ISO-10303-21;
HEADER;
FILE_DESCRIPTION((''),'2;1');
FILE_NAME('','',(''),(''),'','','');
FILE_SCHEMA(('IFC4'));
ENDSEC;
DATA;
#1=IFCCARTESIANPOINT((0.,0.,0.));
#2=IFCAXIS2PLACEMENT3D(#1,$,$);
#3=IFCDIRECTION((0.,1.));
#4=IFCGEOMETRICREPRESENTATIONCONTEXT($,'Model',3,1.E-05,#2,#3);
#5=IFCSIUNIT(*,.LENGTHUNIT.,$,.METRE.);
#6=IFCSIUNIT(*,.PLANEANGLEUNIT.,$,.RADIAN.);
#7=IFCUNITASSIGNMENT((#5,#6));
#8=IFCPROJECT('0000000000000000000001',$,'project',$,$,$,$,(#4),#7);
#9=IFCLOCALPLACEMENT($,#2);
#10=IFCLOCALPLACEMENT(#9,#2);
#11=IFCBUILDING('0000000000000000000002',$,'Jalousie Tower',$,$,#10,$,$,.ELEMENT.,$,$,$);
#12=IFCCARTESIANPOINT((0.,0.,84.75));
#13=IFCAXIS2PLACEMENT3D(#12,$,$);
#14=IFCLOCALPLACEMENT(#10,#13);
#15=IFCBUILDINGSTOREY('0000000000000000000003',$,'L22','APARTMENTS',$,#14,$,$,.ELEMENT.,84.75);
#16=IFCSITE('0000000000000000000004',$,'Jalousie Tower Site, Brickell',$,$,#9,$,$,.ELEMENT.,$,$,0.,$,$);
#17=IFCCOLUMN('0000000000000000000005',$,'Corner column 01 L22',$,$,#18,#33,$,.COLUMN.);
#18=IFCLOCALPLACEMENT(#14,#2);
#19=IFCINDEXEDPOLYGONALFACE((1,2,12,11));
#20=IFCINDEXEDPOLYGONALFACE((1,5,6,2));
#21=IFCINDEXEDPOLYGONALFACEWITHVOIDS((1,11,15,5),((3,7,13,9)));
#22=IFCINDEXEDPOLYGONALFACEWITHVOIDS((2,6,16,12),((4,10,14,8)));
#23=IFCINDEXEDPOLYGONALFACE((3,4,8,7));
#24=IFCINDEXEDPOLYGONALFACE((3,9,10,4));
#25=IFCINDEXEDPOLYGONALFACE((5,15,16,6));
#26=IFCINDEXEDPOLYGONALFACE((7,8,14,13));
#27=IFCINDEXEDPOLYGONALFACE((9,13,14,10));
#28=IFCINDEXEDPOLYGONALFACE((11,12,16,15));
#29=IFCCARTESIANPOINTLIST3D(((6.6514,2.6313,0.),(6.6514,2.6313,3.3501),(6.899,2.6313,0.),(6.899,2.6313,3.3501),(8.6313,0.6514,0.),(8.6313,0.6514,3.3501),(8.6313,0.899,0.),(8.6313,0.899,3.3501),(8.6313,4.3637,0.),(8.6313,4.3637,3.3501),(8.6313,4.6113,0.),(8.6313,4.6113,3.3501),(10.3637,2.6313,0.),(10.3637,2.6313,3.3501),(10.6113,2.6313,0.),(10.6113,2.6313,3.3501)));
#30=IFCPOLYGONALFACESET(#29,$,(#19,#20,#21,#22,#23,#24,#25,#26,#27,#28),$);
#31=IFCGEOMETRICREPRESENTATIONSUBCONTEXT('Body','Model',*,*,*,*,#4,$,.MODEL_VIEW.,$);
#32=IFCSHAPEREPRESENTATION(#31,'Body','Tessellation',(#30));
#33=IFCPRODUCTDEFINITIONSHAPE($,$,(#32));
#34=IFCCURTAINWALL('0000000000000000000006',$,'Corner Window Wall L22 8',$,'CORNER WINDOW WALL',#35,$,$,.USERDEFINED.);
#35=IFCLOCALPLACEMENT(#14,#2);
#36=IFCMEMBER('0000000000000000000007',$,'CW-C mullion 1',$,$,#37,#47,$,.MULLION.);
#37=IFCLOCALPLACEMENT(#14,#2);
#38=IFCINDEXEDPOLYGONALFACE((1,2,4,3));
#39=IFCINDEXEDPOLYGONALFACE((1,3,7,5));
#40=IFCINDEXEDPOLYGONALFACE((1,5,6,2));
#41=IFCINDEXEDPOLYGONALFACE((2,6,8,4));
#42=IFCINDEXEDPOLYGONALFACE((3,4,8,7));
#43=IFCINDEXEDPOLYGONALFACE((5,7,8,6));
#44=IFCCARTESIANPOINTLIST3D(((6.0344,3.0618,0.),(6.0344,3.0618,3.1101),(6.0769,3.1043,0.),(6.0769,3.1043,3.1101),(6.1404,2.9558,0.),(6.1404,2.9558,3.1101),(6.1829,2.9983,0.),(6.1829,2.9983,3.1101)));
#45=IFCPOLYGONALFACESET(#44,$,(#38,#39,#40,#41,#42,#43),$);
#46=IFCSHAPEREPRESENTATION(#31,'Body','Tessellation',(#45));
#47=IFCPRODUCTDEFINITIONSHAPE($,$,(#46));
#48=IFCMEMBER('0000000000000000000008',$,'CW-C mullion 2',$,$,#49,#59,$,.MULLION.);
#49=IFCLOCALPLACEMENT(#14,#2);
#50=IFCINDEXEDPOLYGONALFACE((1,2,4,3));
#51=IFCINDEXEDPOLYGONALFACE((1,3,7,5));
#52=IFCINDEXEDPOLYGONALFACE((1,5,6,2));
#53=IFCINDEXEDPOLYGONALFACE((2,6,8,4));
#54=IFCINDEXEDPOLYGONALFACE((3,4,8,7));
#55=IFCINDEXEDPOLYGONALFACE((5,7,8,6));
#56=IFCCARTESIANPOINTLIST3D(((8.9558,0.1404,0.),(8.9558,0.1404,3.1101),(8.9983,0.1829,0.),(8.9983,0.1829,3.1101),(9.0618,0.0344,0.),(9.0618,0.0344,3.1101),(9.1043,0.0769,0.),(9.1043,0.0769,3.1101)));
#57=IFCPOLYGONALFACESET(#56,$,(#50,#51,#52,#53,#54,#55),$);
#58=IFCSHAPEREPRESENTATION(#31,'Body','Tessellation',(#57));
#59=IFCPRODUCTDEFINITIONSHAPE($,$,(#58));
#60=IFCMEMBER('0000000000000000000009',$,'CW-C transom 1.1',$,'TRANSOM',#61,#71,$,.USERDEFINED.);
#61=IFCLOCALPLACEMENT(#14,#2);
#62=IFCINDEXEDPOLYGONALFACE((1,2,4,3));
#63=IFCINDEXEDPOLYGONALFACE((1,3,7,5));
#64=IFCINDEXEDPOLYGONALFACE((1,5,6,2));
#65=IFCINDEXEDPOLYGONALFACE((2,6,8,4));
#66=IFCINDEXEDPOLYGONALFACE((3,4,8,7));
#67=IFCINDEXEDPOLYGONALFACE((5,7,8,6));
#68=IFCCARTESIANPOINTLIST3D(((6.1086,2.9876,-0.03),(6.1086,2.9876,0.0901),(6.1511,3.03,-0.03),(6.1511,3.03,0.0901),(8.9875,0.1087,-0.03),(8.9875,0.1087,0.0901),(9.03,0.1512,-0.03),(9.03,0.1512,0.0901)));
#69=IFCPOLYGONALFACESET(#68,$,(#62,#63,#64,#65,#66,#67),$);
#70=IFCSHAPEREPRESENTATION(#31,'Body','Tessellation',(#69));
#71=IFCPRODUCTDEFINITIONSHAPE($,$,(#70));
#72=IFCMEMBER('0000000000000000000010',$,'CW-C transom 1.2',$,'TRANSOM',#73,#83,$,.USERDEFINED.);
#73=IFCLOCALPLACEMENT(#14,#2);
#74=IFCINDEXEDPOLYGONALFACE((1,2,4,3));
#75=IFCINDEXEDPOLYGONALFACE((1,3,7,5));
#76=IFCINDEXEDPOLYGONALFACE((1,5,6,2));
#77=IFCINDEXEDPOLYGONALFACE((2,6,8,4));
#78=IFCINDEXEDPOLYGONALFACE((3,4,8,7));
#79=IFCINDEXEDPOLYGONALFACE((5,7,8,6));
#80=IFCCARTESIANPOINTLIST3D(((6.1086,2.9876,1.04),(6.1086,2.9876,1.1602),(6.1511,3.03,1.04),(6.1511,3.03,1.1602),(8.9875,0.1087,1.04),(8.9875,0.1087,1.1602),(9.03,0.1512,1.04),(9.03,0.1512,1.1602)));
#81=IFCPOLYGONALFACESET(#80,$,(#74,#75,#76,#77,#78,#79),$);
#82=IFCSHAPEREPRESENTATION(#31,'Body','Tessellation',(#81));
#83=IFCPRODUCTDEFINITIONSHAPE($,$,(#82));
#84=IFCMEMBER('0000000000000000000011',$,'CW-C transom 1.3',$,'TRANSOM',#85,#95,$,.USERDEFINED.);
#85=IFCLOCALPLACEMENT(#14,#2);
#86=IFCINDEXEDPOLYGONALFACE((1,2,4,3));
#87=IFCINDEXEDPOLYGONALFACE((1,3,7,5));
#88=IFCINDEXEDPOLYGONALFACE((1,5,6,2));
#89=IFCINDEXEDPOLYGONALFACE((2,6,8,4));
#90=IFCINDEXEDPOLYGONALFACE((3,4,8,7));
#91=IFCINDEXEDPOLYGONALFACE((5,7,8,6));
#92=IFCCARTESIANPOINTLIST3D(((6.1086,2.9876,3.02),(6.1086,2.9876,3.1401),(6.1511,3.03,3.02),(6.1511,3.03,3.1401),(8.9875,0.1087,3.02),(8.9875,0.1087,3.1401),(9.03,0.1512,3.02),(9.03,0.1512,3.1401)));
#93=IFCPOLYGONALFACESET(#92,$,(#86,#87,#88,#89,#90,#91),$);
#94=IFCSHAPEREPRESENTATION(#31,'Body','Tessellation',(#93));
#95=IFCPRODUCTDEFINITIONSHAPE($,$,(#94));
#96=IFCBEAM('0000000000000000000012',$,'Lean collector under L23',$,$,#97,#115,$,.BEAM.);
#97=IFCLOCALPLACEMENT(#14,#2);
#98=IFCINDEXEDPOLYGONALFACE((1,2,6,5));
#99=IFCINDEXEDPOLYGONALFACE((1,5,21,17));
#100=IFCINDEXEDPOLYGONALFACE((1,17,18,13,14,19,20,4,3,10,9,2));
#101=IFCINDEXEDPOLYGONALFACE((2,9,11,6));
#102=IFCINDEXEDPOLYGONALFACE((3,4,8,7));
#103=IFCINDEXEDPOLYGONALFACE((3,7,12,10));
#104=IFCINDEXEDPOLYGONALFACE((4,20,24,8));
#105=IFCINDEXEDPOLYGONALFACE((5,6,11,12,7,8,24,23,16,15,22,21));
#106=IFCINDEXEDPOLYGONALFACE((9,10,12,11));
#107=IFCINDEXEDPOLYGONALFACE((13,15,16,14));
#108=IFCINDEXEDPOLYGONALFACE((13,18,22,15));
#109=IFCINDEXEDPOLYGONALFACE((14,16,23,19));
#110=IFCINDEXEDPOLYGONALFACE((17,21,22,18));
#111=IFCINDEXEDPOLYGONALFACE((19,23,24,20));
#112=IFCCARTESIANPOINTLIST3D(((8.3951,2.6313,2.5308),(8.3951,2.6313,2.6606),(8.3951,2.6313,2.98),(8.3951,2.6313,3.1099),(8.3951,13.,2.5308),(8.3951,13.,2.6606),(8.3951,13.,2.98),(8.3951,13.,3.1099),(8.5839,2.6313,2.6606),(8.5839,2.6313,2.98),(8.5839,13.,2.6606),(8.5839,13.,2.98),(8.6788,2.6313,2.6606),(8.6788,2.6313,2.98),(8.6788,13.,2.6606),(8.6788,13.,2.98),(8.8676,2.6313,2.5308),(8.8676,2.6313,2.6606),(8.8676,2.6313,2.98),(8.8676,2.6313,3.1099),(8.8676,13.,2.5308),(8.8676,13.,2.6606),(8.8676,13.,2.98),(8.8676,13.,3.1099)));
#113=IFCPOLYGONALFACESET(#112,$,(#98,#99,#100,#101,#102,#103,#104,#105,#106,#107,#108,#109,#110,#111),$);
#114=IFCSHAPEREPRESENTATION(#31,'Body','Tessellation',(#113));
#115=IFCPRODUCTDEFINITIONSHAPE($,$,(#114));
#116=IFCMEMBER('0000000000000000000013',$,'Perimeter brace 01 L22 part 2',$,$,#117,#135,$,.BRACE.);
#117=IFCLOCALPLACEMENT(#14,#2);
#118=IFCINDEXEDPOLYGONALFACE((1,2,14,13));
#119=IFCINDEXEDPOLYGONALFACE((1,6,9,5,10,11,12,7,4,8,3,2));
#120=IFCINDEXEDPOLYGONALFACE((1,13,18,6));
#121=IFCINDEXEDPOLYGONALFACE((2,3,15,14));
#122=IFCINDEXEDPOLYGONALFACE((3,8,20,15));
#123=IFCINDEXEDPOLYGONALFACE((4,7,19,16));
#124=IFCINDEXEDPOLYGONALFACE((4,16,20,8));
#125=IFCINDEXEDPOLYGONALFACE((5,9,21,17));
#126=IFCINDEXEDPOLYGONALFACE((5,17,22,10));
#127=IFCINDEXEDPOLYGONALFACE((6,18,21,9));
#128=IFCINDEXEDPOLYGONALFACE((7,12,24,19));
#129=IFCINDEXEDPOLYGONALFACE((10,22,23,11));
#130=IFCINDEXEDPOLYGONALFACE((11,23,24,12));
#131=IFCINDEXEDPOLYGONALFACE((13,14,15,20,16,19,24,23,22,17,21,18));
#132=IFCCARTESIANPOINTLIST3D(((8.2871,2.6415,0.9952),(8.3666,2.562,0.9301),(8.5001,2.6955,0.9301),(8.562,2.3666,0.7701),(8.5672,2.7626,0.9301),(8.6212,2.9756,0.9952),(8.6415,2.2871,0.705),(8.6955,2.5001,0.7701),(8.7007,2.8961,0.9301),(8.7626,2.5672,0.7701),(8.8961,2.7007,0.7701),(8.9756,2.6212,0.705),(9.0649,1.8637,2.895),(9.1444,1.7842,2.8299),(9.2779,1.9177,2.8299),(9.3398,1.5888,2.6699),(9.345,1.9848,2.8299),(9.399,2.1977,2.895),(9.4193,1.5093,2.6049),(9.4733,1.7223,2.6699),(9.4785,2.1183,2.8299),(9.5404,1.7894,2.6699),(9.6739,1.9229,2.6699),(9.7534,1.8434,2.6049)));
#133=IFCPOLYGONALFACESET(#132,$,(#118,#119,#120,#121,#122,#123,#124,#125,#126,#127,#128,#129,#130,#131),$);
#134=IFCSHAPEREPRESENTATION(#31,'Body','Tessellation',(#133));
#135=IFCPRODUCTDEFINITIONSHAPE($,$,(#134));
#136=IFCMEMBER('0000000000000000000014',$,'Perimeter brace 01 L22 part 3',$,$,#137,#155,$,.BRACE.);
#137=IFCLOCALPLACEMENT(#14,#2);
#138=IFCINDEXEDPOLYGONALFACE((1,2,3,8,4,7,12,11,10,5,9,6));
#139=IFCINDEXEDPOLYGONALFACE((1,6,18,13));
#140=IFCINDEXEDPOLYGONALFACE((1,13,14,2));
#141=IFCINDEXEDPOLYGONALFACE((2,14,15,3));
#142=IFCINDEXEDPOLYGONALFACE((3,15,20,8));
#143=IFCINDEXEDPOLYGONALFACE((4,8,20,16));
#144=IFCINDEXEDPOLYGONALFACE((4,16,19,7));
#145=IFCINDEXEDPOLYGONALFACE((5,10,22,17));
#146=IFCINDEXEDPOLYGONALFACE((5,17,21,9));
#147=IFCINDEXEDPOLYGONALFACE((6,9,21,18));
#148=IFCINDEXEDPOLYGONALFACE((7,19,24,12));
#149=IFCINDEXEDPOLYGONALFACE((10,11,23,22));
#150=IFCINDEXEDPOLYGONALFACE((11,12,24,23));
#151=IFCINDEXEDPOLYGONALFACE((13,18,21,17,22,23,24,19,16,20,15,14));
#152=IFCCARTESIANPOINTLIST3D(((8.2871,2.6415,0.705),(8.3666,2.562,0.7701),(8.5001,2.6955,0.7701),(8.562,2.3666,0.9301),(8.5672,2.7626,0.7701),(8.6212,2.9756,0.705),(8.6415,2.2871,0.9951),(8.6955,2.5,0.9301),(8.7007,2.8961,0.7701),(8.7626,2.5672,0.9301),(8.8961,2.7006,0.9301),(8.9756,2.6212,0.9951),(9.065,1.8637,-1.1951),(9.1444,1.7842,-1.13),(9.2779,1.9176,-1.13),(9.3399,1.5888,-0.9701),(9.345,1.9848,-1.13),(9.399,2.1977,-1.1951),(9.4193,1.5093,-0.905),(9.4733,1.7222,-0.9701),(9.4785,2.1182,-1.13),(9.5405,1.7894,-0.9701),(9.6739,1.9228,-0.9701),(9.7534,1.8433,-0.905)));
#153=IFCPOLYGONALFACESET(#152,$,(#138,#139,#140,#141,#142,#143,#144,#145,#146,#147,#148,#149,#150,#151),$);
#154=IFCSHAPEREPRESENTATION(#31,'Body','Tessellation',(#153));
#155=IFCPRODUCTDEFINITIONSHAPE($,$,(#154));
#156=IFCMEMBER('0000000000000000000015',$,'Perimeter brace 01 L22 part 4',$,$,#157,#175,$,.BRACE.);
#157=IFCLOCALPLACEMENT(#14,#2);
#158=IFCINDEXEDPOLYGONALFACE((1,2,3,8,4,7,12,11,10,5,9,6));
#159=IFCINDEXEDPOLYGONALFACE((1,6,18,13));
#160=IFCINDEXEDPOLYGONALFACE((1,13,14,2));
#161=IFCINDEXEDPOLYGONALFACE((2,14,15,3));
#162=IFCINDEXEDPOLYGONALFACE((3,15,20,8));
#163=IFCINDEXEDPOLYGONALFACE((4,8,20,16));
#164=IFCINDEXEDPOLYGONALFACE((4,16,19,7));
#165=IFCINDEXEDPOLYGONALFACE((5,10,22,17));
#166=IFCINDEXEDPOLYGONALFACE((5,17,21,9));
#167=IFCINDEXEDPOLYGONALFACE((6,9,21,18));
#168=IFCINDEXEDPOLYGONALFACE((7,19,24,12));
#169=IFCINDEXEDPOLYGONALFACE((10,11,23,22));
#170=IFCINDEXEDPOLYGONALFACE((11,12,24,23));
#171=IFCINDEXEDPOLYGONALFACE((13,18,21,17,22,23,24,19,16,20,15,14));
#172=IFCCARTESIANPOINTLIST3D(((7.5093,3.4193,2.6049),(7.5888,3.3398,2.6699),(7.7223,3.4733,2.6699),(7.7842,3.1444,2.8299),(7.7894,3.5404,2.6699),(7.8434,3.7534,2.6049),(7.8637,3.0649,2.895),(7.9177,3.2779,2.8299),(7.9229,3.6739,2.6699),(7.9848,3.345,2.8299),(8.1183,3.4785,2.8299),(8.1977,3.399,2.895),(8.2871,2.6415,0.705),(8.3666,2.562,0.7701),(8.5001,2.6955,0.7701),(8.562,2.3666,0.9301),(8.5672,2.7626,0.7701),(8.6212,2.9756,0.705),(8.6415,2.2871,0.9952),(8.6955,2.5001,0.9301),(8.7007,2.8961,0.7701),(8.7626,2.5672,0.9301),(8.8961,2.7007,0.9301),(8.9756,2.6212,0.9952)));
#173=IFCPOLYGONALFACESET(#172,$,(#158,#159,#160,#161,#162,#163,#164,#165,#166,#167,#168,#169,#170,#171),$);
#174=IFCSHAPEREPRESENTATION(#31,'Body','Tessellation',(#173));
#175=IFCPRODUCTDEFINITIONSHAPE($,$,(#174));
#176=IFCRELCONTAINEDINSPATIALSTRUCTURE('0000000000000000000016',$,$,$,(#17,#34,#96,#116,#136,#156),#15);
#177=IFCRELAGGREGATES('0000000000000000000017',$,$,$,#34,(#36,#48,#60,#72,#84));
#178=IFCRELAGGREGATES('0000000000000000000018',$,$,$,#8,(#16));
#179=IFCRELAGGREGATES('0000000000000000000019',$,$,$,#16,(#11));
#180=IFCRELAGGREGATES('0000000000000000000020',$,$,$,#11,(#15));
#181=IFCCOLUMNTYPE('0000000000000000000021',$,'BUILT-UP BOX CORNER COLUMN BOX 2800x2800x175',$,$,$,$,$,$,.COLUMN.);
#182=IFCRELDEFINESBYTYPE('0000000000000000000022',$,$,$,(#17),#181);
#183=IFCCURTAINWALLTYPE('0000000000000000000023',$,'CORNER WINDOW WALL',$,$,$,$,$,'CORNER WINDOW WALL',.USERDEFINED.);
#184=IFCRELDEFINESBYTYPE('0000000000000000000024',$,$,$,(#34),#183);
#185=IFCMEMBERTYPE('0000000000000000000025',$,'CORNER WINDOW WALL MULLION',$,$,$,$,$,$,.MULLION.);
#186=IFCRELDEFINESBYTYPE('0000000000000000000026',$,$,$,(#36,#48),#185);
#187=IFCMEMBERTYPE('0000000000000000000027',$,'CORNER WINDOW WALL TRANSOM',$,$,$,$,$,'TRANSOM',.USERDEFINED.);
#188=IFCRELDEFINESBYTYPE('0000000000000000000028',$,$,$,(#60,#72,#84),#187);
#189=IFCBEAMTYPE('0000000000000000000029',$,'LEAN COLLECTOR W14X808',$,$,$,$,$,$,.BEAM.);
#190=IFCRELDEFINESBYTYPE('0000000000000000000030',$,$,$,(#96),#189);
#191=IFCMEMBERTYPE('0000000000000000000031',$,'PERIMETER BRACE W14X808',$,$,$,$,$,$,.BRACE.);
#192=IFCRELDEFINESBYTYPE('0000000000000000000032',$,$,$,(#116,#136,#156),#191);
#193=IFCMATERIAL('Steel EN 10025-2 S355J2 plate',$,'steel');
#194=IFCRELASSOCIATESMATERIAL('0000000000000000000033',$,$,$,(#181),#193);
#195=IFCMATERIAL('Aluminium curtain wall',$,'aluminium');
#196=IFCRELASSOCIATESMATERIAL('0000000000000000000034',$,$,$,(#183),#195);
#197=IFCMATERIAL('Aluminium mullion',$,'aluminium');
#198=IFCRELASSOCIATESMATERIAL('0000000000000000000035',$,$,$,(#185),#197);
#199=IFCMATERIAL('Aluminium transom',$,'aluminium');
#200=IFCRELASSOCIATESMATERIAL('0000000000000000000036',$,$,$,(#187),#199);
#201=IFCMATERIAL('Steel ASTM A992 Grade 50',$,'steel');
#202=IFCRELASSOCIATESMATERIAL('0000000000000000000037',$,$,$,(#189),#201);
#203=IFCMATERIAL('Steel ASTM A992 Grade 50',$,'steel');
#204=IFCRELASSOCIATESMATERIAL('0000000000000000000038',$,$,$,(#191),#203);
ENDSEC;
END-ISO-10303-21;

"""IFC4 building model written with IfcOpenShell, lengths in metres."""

from ifc_helpers import new_model, si_unit, direction, frame, origin, origin_2d, place, context, subcontext, project, spatial, rectangle, hollow_rectangle, i_section, extrude, material, material_profile, profile_set, type_object, element, aggregate, save


model = new_model("IFC4")

# Units and contexts
model_context = context("Model", 3, precision=1e-05, world=origin(), true_north=direction((0.0, 1.0)))
body_context = subcontext(model_context, "Body", "Model", "MODEL_VIEW")
ifc_project = project(units=[si_unit("LENGTHUNIT", "METRE"), si_unit("PLANEANGLEUNIT", "RADIAN")], contexts=[model_context])

# Site, building, storey
site_placement = place(None, origin())
site = spatial("IfcSite", under=ifc_project, at=site_placement, Name="Jalousie Tower Site, Brickell", CompositionType="ELEMENT", RefElevation=0.0)
building_placement = place(site_placement, origin())
building = spatial("IfcBuilding", under=site, at=building_placement, Name="Jalousie Tower", CompositionType="ELEMENT")
storey_placement = place(building_placement, frame((0.0, 0.0, 84.75)))
storey = spatial("IfcBuildingStorey", under=building, at=storey_placement, Name="L22", Description="APARTMENTS", CompositionType="ELEMENT", Elevation=84.75)

# Column
ifc_material_1 = material(Name="Steel EN 10025-2 S355J2 plate", Category="steel")
ifc_material_profile_1 = material_profile(ifc_material_1, hollow_rectangle(XDim=2.8, YDim=2.8, WallThickness=0.175, at=origin_2d()), Name="BOX 2800x2800x175")
ifc_profile_set_1 = profile_set([ifc_material_profile_1], Name="Steel EN 10025-2 S355J2 plate")
column_type = type_object("IfcColumnType", Name="BUILT-UP BOX CORNER COLUMN BOX 2800x2800x175", PredefinedType="COLUMN", material=ifc_profile_set_1)
column_placement = place(storey_placement, frame((8.6313, 2.6313, 0.0), z_axis=(0.0, 0.0, 1.0), x_axis=(0.707107, 0.707107, 0.0)))
element("IfcColumn", 1, at=column_placement, inside=storey, type_object=column_type, Name="Corner column 01 L22", PredefinedType="COLUMN", context=body_context, shape_type="SweptSolid", body=[
    extrude(hollow_rectangle(XDim=2.8, YDim=2.8, WallThickness=0.175, at=origin_2d()), origin(), (0.0, 0.0, 1.0), 3.3501),
])

# Curtain wall, members
ifc_material_2 = material(Name="Aluminium curtain wall", Category="aluminium")
curtain_wall_type_1 = type_object("IfcCurtainWallType", Name="CORNER WINDOW WALL", ElementType="CORNER WINDOW WALL", PredefinedType="USERDEFINED", material=ifc_material_2)
curtain_wall_1_placement = place(storey_placement, origin())
curtain_wall_1 = element("IfcCurtainWall", 2, at=curtain_wall_1_placement, inside=storey, type_object=curtain_wall_type_1, Name="Corner Window Wall L22 8", ObjectType="CORNER WINDOW WALL", PredefinedType="USERDEFINED")
ifc_material_3 = material(Name="Aluminium mullion", Category="aluminium")
ifc_material_profile_2 = material_profile(ifc_material_3, rectangle(XDim=0.0601, YDim=0.1499, at=origin_2d()), Name="MULLION 60x150")
ifc_profile_set_2 = profile_set([ifc_material_profile_2], Name="Aluminium mullion")
member_type_1 = type_object("IfcMemberType", Name="CORNER WINDOW WALL MULLION", PredefinedType="MULLION", material=ifc_profile_set_2)
member_1_placement = place(storey_placement, frame((6.1086, 3.03, 0.0), z_axis=(0.0, 0.0, 1.0), x_axis=(0.707107, 0.707107, 0.0)))
member_1 = element("IfcMember", 3, at=member_1_placement, type_object=member_type_1, Name="CW-C mullion 1", PredefinedType="MULLION", context=body_context, shape_type="SweptSolid", body=[
    extrude(rectangle(XDim=0.0601, YDim=0.1499, at=origin_2d()), origin(), (0.0, 0.0, 1.0), 3.1101),
])
member_2_placement = place(storey_placement, frame((9.03, 0.1086, 0.0), z_axis=(0.0, 0.0, 1.0), x_axis=(0.707107, 0.707107, 0.0)))
member_2 = element("IfcMember", 4, at=member_2_placement, type_object=member_type_1, Name="CW-C mullion 2", PredefinedType="MULLION", context=body_context, shape_type="SweptSolid", body=[
    extrude(rectangle(XDim=0.0601, YDim=0.1499, at=origin_2d()), origin(), (0.0, 0.0, 1.0), 3.1101),
])
ifc_material_4 = material(Name="Aluminium transom", Category="aluminium")
ifc_material_profile_3 = material_profile(ifc_material_4, rectangle(XDim=0.0601, YDim=0.1201, at=origin_2d()), Name="TRANSOM 60x120")
ifc_profile_set_3 = profile_set([ifc_material_profile_3], Name="Aluminium transom")
member_type_2 = type_object("IfcMemberType", Name="CORNER WINDOW WALL TRANSOM", ElementType="TRANSOM", PredefinedType="USERDEFINED", material=ifc_profile_set_3)
member_3_placement = place(storey_placement, frame((6.1299, 3.0088, 0.03), z_axis=(0.707107, -0.707107, 0.0), x_axis=(0.707107, 0.707107, 0.0)))
member_3 = element("IfcMember", 5, at=member_3_placement, type_object=member_type_2, Name="CW-C transom 1.1", ObjectType="TRANSOM", PredefinedType="USERDEFINED", context=body_context, shape_type="SweptSolid", body=[
    extrude(rectangle(XDim=0.0601, YDim=0.1201, at=origin_2d()), origin(), (0.0, 0.0, 1.0), 4.0713),
])
member_4_placement = place(storey_placement, frame((6.1299, 3.0088, 1.1001), z_axis=(0.707107, -0.707107, 0.0), x_axis=(0.707107, 0.707107, 0.0)))
member_4 = element("IfcMember", 6, at=member_4_placement, type_object=member_type_2, Name="CW-C transom 1.2", ObjectType="TRANSOM", PredefinedType="USERDEFINED", context=body_context, shape_type="SweptSolid", body=[
    extrude(rectangle(XDim=0.0601, YDim=0.1201, at=origin_2d()), origin(), (0.0, 0.0, 1.0), 4.0713),
])
member_5_placement = place(storey_placement, frame((6.1299, 3.0088, 3.0801), z_axis=(0.707107, -0.707107, 0.0), x_axis=(0.707107, 0.707107, 0.0)))
member_5 = element("IfcMember", 7, at=member_5_placement, type_object=member_type_2, Name="CW-C transom 1.3", ObjectType="TRANSOM", PredefinedType="USERDEFINED", context=body_context, shape_type="SweptSolid", body=[
    extrude(rectangle(XDim=0.0601, YDim=0.1201, at=origin_2d()), origin(), (0.0, 0.0, 1.0), 4.0713),
])

# Beam
ifc_material_5 = material(Name="Steel ASTM A992 Grade 50", Category="steel")
ifc_material_profile_4 = material_profile(ifc_material_5, i_section(OverallWidth=0.4724, OverallDepth=0.5791, WebThickness=0.095, FlangeThickness=0.1299, at=origin_2d()), Name="W14X808")
ifc_profile_set_4 = profile_set([ifc_material_profile_4], Name="Steel ASTM A992 Grade 50")
beam_type_1 = type_object("IfcBeamType", Name="LEAN COLLECTOR W14X808", PredefinedType="BEAM", material=ifc_profile_set_4)
beam_1_placement = place(storey_placement, frame((8.6313, 2.6313, 2.8203), z_axis=(0.0, 1.0, 0.0), x_axis=(-1.0, 0.0, 0.0)))
element("IfcBeam", 8, at=beam_1_placement, inside=storey, type_object=beam_type_1, Name="Lean collector under L23", PredefinedType="BEAM", context=body_context, shape_type="SweptSolid", body=[
    extrude(i_section(OverallWidth=0.4724, OverallDepth=0.5791, WebThickness=0.095, FlangeThickness=0.1299, at=origin_2d()), origin(), (0.0, 0.0, 1.0), 10.3687),
])

# Members
ifc_material_6 = material(Name="Steel ASTM A992 Grade 50", Category="steel")
ifc_material_profile_5 = material_profile(ifc_material_6, i_section(OverallWidth=0.4724, OverallDepth=0.5791, WebThickness=0.095, FlangeThickness=0.1299, at=origin_2d()), Name="W14X808")
ifc_profile_set_5 = profile_set([ifc_material_profile_5], Name="Steel ASTM A992 Grade 50")
member_type_3 = type_object("IfcMemberType", Name="PERIMETER BRACE W14X808", PredefinedType="BRACE", material=ifc_profile_set_5)
member_6_placement = place(storey_placement, frame((8.6313, 2.6313, 0.8501), z_axis=(0.354305, -0.354305, 0.865411), x_axis=(0.707107, 0.707107, 0.0)))
element("IfcMember", 9, at=member_6_placement, inside=storey, type_object=member_type_3, Name="Perimeter brace 01 L22 part 2", PredefinedType="BRACE", context=body_context, shape_type="SweptSolid", body=[
    extrude(i_section(OverallWidth=0.4724, OverallDepth=0.5791, WebThickness=0.095, FlangeThickness=0.1299, at=origin_2d()), origin(), (0.0, 0.0, 1.0), 2.1953),
])
member_7_placement = place(storey_placement, frame((9.4092, 1.8535, -1.05), z_axis=(-0.354271, 0.354271, 0.865439), x_axis=(-0.707107, -0.707107, 0.0)))
element("IfcMember", 10, at=member_7_placement, inside=storey, type_object=member_type_3, Name="Perimeter brace 01 L22 part 3", PredefinedType="BRACE", context=body_context, shape_type="SweptSolid", body=[
    extrude(i_section(OverallWidth=0.4724, OverallDepth=0.5791, WebThickness=0.095, FlangeThickness=0.1299, at=origin_2d()), origin(), (0.0, 0.0, 1.0), 2.1956),
])
member_8_placement = place(storey_placement, frame((8.6313, 2.6313, 0.8501), z_axis=(-0.354305, 0.354305, 0.865411), x_axis=(-0.707107, -0.707107, 0.0)))
element("IfcMember", 11, at=member_8_placement, inside=storey, type_object=member_type_3, Name="Perimeter brace 01 L22 part 4", PredefinedType="BRACE", context=body_context, shape_type="SweptSolid", body=[
    extrude(i_section(OverallWidth=0.4724, OverallDepth=0.5791, WebThickness=0.095, FlangeThickness=0.1299, at=origin_2d()), origin(), (0.0, 0.0, 1.0), 2.1953),
])

aggregate(curtain_wall_1, [member_1, member_2, member_3, member_4, member_5])

save(model, "model.ifc")
